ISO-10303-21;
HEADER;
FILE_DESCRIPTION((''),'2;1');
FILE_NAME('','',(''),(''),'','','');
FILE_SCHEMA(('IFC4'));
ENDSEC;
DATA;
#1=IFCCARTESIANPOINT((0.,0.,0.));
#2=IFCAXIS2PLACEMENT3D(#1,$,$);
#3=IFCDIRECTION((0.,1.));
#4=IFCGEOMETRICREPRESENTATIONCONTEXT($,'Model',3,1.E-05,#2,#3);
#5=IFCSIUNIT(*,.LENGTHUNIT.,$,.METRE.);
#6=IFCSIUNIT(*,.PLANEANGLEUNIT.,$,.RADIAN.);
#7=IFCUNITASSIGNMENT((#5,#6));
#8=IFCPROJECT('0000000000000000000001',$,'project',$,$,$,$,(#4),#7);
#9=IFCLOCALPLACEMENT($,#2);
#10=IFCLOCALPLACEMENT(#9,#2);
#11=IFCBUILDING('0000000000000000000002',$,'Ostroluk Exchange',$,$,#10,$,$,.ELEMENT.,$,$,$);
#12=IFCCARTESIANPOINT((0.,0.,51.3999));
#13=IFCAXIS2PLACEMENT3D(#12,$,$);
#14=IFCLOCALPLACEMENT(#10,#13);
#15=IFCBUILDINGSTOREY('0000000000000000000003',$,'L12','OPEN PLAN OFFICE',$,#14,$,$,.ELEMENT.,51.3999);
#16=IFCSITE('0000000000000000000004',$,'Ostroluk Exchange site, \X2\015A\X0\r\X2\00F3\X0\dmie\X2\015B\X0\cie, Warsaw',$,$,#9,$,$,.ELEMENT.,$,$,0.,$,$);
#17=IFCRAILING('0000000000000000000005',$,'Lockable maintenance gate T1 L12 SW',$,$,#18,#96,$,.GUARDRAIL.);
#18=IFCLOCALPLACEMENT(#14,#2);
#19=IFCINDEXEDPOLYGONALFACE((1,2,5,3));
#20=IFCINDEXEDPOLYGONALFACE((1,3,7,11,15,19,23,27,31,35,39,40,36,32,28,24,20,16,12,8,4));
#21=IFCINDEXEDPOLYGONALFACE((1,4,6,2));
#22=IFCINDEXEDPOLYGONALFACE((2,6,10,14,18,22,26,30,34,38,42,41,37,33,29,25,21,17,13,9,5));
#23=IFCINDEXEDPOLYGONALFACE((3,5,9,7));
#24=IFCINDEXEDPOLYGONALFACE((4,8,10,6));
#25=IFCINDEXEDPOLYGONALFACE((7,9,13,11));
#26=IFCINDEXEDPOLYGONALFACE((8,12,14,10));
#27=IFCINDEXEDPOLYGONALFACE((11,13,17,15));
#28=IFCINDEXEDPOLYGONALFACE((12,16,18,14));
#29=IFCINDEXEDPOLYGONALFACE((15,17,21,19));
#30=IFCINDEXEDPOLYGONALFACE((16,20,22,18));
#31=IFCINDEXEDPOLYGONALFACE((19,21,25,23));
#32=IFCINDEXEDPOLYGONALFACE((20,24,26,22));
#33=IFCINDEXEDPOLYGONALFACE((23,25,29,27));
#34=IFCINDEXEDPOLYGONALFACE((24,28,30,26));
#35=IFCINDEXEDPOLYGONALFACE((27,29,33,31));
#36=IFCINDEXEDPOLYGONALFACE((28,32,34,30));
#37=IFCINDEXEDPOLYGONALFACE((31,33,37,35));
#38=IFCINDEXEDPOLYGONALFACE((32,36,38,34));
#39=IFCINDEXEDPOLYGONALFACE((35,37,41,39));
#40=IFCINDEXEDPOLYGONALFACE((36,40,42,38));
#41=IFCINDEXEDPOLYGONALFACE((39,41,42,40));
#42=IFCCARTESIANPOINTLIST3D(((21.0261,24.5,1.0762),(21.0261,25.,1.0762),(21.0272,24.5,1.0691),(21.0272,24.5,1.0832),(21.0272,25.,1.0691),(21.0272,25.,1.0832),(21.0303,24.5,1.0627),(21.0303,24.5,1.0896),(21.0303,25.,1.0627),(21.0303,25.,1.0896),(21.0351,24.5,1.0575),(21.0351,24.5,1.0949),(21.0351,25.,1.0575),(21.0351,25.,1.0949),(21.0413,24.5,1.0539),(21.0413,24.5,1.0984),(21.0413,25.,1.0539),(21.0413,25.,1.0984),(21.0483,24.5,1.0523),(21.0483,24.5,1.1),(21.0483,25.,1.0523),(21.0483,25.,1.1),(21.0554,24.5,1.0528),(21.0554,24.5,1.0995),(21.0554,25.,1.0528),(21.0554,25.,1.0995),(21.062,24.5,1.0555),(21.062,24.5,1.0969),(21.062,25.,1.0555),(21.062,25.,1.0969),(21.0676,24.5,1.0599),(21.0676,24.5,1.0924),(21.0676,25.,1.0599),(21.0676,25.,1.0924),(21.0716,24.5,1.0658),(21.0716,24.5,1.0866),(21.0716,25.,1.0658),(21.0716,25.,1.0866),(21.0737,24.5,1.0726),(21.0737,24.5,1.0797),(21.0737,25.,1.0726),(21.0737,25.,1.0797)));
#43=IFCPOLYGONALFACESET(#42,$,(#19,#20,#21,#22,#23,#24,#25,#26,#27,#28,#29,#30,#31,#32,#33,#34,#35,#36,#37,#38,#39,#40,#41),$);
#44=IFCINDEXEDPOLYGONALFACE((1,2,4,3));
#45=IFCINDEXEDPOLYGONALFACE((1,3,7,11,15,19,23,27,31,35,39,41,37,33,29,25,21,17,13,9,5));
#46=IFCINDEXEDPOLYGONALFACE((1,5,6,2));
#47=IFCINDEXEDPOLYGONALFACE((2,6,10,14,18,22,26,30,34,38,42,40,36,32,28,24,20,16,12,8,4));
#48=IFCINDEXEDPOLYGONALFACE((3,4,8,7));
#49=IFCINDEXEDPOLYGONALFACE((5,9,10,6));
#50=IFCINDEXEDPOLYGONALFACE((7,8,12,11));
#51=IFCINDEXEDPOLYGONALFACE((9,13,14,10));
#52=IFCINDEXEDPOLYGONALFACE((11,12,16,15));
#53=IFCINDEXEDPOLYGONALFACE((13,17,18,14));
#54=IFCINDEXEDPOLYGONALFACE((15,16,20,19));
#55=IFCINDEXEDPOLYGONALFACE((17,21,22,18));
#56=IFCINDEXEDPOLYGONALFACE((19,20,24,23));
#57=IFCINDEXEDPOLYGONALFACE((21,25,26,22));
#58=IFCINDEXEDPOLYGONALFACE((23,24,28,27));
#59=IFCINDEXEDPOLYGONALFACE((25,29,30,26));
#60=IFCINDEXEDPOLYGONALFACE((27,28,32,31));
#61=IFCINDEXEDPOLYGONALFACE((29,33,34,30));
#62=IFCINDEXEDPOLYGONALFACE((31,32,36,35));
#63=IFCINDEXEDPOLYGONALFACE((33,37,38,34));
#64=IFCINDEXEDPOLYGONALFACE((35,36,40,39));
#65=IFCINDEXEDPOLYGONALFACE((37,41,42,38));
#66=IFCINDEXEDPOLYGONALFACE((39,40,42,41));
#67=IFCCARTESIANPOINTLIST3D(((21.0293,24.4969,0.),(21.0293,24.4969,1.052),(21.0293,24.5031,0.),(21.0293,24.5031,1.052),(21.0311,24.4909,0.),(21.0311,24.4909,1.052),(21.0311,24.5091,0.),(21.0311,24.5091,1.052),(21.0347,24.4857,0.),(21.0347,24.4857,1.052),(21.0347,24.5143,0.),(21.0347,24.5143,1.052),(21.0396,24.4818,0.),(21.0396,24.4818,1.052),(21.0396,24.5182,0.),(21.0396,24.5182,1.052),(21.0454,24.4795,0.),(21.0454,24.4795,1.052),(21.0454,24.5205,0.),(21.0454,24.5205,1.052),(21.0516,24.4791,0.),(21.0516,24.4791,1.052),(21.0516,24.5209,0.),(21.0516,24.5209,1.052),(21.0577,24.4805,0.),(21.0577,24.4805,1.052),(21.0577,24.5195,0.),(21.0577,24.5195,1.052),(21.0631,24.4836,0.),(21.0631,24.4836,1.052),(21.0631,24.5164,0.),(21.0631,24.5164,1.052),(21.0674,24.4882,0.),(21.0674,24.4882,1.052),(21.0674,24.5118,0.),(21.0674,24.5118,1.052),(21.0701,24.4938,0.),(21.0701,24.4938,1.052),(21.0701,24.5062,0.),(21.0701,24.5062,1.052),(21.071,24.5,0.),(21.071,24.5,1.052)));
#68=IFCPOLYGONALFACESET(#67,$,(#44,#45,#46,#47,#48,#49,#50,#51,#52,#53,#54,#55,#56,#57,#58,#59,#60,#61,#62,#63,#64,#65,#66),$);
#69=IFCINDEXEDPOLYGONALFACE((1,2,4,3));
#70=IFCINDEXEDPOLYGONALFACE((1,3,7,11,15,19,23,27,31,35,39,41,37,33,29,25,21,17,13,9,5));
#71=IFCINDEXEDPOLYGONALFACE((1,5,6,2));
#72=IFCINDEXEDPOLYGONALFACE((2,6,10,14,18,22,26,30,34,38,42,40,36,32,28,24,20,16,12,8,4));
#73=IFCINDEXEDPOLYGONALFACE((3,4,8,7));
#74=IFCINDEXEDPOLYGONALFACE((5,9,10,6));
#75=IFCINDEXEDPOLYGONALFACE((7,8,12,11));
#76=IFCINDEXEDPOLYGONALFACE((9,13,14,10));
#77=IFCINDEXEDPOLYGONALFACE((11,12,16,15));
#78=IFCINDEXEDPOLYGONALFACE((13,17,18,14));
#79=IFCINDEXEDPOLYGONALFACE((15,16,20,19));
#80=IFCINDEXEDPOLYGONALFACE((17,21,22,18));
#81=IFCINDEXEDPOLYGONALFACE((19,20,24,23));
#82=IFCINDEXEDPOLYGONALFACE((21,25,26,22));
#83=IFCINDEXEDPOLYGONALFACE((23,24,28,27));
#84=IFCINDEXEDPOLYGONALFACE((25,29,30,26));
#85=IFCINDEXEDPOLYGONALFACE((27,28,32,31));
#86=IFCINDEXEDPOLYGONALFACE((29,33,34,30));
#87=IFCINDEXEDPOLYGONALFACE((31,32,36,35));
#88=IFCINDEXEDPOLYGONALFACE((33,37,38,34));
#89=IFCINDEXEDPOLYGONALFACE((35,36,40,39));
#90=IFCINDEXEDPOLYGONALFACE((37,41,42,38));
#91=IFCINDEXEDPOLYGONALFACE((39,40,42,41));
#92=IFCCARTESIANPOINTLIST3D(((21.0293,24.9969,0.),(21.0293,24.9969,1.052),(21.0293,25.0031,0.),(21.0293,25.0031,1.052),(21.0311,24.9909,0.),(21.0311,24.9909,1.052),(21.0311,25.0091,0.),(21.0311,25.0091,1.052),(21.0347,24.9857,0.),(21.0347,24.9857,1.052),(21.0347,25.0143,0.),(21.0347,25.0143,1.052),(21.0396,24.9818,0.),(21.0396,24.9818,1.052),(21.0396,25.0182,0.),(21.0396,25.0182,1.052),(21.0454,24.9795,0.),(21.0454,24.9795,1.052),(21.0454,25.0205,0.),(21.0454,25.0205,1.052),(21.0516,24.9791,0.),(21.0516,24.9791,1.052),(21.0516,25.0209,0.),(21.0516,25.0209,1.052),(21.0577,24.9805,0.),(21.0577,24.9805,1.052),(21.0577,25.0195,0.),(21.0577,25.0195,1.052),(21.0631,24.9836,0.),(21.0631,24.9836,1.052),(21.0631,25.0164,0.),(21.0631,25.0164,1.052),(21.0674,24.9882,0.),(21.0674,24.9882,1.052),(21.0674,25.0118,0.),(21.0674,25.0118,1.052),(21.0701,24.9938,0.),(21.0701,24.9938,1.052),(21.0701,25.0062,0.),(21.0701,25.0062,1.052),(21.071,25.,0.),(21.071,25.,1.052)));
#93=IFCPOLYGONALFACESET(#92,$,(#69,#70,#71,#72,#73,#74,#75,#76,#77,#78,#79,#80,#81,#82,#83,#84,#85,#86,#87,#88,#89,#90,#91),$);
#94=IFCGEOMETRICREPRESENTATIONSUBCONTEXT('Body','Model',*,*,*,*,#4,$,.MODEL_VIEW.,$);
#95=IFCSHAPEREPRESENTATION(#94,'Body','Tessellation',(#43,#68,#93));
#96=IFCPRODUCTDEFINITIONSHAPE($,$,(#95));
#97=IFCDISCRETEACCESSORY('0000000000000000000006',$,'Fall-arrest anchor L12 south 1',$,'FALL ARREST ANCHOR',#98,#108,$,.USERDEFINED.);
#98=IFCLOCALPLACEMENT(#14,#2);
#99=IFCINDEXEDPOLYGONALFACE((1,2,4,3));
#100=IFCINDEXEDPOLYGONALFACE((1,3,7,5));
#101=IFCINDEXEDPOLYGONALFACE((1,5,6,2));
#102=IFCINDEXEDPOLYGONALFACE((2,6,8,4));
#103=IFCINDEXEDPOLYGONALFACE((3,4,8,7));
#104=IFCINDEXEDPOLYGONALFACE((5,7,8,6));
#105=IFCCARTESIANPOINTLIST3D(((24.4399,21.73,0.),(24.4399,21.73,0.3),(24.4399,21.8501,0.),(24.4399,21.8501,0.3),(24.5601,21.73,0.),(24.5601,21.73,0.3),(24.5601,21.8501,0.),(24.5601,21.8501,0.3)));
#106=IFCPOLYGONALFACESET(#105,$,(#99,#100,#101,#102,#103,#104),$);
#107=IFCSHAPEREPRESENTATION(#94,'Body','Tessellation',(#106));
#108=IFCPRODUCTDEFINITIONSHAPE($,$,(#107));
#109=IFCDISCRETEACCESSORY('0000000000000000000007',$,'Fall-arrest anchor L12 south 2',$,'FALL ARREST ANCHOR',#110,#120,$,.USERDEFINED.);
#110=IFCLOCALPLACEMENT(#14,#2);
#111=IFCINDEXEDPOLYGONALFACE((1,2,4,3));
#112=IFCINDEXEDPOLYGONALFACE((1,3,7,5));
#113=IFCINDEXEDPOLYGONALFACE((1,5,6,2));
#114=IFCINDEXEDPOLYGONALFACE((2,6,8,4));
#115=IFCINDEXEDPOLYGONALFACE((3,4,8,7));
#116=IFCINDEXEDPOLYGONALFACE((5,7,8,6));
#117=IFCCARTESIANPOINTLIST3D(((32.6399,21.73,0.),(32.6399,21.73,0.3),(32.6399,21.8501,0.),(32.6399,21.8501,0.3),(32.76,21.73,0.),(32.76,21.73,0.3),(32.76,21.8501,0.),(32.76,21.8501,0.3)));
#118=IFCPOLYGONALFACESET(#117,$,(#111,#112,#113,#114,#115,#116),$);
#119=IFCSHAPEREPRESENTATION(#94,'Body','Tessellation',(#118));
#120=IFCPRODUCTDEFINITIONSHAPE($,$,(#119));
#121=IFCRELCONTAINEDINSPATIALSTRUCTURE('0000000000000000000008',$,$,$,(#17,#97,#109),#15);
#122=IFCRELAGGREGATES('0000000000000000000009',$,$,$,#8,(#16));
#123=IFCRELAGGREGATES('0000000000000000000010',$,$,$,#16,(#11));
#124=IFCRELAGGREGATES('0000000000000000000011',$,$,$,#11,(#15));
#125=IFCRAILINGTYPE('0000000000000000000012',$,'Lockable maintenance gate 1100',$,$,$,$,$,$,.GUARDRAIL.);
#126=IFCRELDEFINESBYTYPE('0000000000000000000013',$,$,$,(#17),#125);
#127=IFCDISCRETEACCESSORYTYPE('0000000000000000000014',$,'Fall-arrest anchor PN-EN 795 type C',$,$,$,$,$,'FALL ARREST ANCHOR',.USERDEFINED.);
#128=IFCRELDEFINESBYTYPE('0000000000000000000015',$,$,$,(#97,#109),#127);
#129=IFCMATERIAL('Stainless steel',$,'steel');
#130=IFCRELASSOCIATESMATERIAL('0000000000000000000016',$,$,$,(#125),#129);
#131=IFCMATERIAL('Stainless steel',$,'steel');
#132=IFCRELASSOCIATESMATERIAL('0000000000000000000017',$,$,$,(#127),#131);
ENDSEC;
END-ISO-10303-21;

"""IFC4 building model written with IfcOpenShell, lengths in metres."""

from ifc_helpers import new_model, si_unit, direction, frame, origin, origin_2d, place, context, subcontext, project, spatial, rectangle, circle, extrude, material, type_object, element, save


model = new_model("IFC4")

# Units and contexts
model_context = context("Model", 3, precision=1e-05, world=origin(), true_north=direction((0.0, 1.0)))
body_context = subcontext(model_context, "Body", "Model", "MODEL_VIEW")
ifc_project = project(units=[si_unit("LENGTHUNIT", "METRE"), si_unit("PLANEANGLEUNIT", "RADIAN")], contexts=[model_context])

# Site, building, storey
site_placement = place(None, origin())
site = spatial("IfcSite", under=ifc_project, at=site_placement, Name="Ostroluk Exchange site, Śródmieście, Warsaw", CompositionType="ELEMENT", RefElevation=0.0)
building_placement = place(site_placement, origin())
building = spatial("IfcBuilding", under=site, at=building_placement, Name="Ostroluk Exchange", CompositionType="ELEMENT")
storey_placement = place(building_placement, frame((0.0, 0.0, 51.3999)))
storey = spatial("IfcBuildingStorey", under=building, at=storey_placement, Name="L12", Description="OPEN PLAN OFFICE", CompositionType="ELEMENT", Elevation=51.3999)

# Railing
ifc_material_1 = material(Name="Stainless steel", Category="steel")
railing_type_1 = type_object("IfcRailingType", Name="Lockable maintenance gate 1100", PredefinedType="GUARDRAIL", material=ifc_material_1)
railing_1_placement = place(storey_placement, frame((21.05, 24.5, 0.0)))
element("IfcRailing", 1, at=railing_1_placement, inside=storey, type_object=railing_type_1, Name="Lockable maintenance gate T1 L12 SW", PredefinedType="GUARDRAIL", context=body_context, shape_type="SweptSolid", body=[
    extrude(circle(Radius=0.0239, at=origin_2d()), frame((0.0, 0.0, 1.0762), z_axis=(0.0, 1.0, 0.0), x_axis=(-1.0, 0.0, 0.0)), (0.0, 0.0, 1.0), 0.5),
    extrude(circle(Radius=0.021, at=origin_2d()), origin(), (0.0, 0.0, 1.0), 1.052),
    extrude(circle(Radius=0.021, at=origin_2d()), frame((0.0, 0.5, 0.0)), (0.0, 0.0, 1.0), 1.052),
])

# Discrete accessories
ifc_material_2 = material(Name="Stainless steel", Category="steel")
discrete_accessory_type = type_object("IfcDiscreteAccessoryType", Name="Fall-arrest anchor PN-EN 795 type C", ElementType="FALL ARREST ANCHOR", PredefinedType="USERDEFINED", material=ifc_material_2)
for number, where, z_axis, x_axis, name in (
    (2, (24.5, 21.79, 0.0), (0.0, 0.0, 1.0), (1.0, 0.0, 0.0), "Fall-arrest anchor L12 south 1"),
    (3, (32.7, 21.79, 0.0), (0.0, 0.0, 1.0), (1.0, 0.0, 0.0), "Fall-arrest anchor L12 south 2"),
):
    element("IfcDiscreteAccessory", number, at=place(storey_placement, frame(where, z_axis=z_axis, x_axis=x_axis)), inside=storey, type_object=discrete_accessory_type, Name=name, ObjectType="FALL ARREST ANCHOR", PredefinedType="USERDEFINED", context=body_context, shape_type="SweptSolid", body=[
        extrude(rectangle(XDim=0.1201, YDim=0.1201, at=origin_2d()), origin(), (0.0, 0.0, 1.0), 0.3),
    ])

save(model, "model.ifc")
